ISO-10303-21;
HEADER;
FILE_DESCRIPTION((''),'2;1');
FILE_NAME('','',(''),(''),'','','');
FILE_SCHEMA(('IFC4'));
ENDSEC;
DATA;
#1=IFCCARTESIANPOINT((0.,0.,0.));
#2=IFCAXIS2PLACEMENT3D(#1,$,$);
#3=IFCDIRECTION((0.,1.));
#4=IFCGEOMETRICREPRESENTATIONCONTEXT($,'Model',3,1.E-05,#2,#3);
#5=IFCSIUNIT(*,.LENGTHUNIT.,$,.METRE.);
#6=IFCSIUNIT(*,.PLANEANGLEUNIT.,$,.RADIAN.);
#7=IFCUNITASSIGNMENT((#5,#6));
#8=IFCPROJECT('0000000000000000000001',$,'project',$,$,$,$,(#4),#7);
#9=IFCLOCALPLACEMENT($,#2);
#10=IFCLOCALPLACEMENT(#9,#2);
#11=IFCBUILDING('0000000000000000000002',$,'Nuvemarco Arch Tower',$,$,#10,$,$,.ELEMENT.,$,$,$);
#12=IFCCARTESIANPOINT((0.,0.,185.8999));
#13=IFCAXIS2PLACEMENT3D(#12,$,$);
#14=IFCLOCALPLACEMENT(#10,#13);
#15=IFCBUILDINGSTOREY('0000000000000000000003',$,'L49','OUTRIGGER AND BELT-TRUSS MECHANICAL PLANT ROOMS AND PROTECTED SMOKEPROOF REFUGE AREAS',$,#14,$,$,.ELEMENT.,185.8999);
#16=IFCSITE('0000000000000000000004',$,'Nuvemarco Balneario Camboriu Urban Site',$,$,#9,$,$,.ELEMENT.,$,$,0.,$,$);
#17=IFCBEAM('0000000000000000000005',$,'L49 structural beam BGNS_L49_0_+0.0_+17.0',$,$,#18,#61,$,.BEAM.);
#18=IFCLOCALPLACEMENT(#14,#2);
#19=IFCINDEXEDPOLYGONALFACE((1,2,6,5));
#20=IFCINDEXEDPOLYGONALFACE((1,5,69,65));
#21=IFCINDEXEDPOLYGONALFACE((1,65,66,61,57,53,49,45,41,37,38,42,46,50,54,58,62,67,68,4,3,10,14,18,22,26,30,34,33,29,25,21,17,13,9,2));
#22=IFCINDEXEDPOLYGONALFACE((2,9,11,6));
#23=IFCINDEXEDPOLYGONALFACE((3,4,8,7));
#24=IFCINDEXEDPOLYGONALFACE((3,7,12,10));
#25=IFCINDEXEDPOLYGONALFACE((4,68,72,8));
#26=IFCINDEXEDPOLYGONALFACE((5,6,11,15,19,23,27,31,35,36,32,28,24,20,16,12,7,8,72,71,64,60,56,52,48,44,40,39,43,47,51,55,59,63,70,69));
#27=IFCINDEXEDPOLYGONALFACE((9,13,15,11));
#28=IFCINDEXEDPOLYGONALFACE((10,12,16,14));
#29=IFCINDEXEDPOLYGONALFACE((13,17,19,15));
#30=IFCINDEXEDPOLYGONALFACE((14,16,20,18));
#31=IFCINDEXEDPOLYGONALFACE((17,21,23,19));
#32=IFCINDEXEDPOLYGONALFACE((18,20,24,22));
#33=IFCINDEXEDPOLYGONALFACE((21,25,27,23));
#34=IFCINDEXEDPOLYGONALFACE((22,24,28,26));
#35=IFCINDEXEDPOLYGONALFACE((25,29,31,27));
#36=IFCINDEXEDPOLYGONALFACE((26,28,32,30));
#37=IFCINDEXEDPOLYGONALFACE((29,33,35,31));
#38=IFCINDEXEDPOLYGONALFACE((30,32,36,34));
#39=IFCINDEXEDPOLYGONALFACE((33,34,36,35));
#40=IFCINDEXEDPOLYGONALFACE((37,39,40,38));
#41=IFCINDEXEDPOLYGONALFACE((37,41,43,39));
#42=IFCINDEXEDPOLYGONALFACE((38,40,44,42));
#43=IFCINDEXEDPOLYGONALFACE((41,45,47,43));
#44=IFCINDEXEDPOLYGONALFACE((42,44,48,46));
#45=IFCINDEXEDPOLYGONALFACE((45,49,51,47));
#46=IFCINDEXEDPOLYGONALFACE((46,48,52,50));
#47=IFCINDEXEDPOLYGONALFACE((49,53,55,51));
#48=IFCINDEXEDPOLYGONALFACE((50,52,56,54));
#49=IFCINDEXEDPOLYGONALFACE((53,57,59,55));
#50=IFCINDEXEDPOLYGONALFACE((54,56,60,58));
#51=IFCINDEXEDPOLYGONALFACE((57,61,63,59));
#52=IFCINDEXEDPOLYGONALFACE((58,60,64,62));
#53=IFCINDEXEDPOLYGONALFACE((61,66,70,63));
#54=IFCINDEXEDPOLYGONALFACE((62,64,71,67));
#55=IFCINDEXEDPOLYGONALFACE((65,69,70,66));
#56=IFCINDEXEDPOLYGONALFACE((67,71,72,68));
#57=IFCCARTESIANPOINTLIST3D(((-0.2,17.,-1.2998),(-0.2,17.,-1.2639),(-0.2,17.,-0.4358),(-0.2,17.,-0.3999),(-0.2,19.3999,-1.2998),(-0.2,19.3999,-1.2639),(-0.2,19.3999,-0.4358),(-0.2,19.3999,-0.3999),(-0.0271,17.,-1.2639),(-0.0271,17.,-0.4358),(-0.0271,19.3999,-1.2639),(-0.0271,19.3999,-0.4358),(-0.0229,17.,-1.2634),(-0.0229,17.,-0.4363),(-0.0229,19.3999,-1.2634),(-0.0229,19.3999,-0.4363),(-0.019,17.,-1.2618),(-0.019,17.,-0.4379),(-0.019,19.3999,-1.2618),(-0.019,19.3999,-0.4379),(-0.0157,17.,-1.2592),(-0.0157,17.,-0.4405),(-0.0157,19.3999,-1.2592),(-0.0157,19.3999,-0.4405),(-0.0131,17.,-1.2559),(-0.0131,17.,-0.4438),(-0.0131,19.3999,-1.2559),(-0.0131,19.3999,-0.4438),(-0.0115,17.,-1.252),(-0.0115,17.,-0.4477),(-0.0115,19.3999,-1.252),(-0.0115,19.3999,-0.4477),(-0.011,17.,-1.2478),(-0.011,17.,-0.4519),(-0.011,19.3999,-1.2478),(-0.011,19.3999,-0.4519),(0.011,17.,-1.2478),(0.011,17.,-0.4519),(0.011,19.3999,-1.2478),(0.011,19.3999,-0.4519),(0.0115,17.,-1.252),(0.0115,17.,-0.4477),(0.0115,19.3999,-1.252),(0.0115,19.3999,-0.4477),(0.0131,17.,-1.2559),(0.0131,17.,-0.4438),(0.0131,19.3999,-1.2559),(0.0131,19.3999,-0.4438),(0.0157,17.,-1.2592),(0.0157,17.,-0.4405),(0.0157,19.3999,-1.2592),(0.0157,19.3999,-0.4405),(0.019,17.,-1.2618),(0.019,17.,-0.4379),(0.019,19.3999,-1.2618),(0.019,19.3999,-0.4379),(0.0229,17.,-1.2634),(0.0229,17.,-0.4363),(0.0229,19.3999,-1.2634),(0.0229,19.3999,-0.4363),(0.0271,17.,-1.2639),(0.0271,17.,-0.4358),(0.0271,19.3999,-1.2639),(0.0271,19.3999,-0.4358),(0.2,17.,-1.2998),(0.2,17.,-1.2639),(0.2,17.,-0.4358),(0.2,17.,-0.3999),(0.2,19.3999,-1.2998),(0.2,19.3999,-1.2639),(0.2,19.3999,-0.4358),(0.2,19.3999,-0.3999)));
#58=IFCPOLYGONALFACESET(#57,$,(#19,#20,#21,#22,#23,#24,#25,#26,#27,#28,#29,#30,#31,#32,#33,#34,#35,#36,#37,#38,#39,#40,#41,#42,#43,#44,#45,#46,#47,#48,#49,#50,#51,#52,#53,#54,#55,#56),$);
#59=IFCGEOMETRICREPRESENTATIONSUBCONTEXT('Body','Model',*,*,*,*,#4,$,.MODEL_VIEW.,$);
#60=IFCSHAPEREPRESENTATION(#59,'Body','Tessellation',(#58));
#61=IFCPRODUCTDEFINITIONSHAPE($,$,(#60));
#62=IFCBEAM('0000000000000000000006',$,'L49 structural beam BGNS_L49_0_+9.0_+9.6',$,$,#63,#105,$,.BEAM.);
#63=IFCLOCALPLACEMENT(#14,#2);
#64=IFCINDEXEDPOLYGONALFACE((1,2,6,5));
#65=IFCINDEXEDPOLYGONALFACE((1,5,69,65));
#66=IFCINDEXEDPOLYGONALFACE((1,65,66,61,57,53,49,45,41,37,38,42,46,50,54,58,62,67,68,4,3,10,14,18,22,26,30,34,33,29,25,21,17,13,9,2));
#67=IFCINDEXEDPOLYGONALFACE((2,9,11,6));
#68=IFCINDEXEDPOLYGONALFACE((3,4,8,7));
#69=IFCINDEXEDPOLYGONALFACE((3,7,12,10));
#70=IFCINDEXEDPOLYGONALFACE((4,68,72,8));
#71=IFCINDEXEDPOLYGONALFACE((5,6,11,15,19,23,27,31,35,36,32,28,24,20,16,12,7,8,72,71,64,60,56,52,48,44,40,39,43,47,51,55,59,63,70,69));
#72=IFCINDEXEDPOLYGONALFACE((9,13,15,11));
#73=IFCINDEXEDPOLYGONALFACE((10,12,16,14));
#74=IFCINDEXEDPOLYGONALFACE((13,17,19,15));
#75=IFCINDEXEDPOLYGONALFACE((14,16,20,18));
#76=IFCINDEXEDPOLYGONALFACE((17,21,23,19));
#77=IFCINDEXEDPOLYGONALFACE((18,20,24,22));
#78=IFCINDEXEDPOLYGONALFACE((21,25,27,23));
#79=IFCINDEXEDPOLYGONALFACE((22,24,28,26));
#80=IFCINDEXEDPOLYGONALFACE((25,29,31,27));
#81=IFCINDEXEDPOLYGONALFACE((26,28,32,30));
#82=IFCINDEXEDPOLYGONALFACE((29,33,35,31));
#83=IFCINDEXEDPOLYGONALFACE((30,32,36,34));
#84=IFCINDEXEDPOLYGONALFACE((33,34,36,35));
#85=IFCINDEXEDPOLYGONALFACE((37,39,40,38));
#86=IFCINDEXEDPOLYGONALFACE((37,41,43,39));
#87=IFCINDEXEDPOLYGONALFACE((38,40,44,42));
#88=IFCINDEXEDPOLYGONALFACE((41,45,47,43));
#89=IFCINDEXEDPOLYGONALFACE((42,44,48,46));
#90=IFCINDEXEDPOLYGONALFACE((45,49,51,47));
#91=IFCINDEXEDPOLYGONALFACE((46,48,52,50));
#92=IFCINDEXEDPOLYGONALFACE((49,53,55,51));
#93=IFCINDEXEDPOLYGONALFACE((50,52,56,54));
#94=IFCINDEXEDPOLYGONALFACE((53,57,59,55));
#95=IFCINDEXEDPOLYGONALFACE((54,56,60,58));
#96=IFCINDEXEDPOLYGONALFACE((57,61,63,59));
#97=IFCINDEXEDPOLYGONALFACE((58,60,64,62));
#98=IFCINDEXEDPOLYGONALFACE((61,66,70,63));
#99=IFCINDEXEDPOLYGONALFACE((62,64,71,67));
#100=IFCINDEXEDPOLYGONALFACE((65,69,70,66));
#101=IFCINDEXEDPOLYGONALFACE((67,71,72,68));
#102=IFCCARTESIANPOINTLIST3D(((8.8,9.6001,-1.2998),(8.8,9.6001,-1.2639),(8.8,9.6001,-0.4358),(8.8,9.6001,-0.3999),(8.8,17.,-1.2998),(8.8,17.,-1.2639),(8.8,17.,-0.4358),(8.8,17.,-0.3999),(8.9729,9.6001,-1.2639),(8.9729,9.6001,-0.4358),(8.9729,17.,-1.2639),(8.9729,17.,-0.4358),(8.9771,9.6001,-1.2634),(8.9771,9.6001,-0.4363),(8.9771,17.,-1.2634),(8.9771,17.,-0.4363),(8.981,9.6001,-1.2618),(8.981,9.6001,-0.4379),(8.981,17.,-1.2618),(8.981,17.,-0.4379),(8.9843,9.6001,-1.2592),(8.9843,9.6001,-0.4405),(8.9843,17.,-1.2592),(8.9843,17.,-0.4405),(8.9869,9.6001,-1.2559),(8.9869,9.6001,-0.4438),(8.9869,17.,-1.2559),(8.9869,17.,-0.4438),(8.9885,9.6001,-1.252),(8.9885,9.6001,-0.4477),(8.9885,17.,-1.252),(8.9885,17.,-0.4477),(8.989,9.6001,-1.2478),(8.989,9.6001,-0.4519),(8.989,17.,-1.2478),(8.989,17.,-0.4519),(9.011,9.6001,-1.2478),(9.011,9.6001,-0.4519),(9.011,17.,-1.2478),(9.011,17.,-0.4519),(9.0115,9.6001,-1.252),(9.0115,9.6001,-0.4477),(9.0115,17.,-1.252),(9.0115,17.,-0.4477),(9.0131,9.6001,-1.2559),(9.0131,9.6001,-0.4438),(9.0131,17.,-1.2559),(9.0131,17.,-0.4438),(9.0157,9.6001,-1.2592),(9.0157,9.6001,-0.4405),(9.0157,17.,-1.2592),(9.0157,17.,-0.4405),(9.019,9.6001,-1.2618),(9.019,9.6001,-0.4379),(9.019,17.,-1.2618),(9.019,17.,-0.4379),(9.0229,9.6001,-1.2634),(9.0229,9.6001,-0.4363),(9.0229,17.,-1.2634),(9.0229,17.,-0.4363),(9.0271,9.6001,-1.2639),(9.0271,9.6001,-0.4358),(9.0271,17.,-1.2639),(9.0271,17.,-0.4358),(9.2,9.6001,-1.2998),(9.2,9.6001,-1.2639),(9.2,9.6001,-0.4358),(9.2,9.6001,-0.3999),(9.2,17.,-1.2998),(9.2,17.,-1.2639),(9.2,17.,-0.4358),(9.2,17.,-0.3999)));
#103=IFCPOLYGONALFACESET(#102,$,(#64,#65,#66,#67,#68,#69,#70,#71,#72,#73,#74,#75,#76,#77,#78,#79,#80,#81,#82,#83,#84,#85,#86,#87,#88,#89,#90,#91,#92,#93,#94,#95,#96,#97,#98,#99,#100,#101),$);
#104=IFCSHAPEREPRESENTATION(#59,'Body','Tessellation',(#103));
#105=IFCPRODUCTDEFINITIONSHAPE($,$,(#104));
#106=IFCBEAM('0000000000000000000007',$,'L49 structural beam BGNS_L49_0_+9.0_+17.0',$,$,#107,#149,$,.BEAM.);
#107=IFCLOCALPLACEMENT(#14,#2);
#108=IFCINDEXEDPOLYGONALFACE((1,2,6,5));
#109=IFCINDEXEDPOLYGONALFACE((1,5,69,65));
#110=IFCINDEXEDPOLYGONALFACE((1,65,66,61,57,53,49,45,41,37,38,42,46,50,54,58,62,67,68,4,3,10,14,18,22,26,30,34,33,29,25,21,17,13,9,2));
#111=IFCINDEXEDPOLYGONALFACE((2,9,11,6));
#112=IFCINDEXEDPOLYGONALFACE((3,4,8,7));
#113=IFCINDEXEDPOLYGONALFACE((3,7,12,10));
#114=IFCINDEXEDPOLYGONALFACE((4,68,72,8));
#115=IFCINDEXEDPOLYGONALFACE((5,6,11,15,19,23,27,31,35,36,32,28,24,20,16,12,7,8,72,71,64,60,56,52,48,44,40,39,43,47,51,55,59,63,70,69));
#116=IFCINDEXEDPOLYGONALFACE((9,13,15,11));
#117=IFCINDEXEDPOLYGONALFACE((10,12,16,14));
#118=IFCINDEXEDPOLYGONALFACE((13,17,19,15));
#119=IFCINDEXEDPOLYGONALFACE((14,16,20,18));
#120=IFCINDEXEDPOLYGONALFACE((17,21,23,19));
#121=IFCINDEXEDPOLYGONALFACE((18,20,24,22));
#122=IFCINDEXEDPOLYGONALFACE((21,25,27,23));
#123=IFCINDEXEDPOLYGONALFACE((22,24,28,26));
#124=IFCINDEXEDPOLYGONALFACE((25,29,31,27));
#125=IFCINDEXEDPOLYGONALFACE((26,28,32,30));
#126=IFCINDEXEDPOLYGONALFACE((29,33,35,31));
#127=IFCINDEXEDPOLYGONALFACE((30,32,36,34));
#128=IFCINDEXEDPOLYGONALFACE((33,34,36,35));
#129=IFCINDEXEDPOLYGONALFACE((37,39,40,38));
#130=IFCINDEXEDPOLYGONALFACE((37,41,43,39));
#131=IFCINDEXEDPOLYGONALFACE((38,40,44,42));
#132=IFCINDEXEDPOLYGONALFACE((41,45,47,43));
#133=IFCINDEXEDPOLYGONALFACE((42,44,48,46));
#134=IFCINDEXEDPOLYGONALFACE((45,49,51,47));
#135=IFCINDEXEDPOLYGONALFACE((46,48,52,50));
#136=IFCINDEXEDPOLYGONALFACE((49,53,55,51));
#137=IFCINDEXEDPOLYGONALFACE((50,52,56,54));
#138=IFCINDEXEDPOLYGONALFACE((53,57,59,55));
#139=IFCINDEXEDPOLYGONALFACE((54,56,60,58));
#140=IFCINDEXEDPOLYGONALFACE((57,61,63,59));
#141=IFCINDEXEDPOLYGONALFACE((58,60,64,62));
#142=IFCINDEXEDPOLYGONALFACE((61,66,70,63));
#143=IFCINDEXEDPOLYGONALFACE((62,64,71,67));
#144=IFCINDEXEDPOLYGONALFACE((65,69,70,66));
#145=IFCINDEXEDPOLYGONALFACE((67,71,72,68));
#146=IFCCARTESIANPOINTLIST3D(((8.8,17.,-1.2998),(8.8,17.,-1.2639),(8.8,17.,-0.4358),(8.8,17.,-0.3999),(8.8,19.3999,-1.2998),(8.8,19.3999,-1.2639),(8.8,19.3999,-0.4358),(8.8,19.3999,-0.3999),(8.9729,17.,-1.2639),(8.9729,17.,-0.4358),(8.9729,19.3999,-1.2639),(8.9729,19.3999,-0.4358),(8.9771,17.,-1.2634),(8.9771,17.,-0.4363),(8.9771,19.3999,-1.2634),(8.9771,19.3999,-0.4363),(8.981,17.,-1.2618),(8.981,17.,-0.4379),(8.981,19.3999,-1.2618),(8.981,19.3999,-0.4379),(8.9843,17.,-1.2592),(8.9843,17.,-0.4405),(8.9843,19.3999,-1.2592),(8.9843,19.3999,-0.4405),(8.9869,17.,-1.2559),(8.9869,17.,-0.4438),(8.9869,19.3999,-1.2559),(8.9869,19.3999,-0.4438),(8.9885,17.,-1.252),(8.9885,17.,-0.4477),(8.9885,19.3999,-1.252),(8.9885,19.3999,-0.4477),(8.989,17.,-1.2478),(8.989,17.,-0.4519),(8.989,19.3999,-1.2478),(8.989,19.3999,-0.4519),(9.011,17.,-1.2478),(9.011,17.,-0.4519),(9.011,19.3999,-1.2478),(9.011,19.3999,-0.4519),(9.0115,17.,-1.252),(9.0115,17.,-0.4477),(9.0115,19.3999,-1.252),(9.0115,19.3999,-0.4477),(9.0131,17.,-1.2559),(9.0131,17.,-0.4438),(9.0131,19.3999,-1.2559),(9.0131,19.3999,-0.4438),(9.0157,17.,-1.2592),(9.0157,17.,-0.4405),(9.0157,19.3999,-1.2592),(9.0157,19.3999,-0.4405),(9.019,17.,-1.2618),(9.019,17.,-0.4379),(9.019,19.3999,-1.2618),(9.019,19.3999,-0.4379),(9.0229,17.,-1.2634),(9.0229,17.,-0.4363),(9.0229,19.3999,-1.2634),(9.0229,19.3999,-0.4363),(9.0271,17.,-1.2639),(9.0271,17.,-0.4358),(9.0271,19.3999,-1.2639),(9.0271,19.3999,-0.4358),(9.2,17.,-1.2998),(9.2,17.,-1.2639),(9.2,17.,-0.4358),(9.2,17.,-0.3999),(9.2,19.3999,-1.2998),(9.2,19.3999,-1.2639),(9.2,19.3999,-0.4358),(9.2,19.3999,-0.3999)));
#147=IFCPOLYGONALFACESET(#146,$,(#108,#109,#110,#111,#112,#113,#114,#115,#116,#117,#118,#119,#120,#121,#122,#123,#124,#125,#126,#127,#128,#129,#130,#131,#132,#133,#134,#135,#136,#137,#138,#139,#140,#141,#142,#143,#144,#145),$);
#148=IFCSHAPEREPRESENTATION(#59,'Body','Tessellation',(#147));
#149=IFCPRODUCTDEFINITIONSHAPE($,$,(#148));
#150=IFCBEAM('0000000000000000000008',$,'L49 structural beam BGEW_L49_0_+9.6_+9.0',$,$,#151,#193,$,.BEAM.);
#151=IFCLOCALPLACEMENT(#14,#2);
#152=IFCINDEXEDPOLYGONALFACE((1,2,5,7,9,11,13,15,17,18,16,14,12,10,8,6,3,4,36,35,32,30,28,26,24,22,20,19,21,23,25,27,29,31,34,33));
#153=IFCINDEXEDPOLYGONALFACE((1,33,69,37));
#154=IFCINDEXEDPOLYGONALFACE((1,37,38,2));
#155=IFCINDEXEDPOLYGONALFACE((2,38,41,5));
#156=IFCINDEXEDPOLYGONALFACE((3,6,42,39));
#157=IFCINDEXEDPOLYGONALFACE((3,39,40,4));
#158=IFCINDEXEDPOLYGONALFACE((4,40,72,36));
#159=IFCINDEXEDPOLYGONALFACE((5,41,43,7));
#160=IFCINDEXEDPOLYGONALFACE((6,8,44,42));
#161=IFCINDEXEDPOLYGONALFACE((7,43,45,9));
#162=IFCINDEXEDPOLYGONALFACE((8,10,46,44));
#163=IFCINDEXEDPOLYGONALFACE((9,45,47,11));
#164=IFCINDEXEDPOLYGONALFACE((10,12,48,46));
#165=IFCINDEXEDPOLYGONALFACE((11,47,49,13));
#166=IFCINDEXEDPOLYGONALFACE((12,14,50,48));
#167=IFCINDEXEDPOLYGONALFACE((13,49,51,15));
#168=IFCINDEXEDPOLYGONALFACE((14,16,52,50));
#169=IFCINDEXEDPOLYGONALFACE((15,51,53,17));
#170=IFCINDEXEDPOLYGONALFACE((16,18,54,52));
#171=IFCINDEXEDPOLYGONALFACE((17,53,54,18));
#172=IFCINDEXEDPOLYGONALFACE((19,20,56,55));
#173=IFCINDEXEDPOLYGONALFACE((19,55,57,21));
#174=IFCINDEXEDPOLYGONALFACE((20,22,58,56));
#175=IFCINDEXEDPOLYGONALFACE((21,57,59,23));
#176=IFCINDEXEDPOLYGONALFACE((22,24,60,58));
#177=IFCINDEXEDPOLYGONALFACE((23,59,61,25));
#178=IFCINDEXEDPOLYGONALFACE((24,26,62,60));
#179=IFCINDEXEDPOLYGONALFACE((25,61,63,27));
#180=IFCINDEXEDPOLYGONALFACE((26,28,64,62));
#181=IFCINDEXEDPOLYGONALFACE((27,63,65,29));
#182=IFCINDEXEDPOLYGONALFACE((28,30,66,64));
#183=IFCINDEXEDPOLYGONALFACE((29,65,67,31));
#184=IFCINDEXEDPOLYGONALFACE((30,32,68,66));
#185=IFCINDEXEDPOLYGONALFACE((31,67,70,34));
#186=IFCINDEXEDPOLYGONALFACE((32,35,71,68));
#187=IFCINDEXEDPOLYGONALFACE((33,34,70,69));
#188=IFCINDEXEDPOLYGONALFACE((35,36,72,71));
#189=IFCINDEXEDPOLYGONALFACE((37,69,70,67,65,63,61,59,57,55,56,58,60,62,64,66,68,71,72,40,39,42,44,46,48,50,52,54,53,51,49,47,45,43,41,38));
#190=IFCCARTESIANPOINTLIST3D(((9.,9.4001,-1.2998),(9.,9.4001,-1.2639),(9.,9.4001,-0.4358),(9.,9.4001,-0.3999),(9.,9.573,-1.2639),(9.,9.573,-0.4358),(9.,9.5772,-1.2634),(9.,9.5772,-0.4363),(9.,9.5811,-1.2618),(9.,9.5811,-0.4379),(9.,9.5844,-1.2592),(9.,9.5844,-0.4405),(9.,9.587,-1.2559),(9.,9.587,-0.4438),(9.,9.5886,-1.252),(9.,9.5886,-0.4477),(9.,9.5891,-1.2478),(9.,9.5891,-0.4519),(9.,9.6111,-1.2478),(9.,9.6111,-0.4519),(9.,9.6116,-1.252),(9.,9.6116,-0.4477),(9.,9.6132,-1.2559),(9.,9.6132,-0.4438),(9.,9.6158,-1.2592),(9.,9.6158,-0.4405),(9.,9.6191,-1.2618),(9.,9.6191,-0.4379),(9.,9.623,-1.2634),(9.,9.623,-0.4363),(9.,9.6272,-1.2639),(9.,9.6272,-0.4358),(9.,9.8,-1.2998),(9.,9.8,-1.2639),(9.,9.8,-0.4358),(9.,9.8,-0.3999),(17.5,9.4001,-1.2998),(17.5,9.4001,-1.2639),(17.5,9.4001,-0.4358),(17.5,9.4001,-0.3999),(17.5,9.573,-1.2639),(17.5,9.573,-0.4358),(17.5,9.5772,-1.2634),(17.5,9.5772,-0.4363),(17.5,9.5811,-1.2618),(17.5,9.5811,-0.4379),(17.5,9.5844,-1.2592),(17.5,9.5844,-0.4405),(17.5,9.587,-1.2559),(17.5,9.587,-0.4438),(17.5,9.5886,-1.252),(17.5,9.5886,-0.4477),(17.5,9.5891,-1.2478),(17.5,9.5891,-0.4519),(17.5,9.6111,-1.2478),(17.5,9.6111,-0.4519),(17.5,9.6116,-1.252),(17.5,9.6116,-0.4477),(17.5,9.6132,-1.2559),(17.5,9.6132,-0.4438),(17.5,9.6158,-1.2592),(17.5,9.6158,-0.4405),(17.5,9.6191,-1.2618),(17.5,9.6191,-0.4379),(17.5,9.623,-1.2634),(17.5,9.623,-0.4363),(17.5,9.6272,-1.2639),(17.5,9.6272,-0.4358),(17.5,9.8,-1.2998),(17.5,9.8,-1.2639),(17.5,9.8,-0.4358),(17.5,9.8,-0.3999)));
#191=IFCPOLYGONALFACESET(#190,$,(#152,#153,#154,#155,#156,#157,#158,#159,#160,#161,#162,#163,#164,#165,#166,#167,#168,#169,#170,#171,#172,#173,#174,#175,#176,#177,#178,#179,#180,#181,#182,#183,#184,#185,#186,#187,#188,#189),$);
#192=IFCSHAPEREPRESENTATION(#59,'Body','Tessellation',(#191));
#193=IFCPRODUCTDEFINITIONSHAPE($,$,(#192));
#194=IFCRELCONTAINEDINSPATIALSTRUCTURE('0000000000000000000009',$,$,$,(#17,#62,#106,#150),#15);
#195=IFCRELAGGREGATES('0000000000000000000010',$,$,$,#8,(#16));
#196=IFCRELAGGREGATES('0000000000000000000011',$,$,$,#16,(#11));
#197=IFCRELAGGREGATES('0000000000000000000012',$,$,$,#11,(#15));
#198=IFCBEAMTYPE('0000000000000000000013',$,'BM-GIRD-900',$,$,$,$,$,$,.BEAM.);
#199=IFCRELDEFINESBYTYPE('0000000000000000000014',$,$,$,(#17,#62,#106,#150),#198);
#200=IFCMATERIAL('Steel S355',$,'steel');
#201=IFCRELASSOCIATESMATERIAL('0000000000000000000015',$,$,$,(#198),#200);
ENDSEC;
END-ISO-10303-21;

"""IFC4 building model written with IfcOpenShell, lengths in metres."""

from ifc_helpers import new_model, si_unit, direction, frame, origin, origin_2d, place, context, subcontext, project, spatial, i_section, extrude, material, material_profile, profile_set, type_object, element, save


model = new_model("IFC4")

# Units and contexts
model_context = context("Model", 3, precision=1e-05, world=origin(), true_north=direction((0.0, 1.0)))
body_context = subcontext(model_context, "Body", "Model", "MODEL_VIEW")
ifc_project = project(units=[si_unit("LENGTHUNIT", "METRE"), si_unit("PLANEANGLEUNIT", "RADIAN")], contexts=[model_context])

# Site, building, storey
site_placement = place(None, origin())
site = spatial("IfcSite", under=ifc_project, at=site_placement, Name="Nuvemarco Balneario Camboriu Urban Site", CompositionType="ELEMENT", RefElevation=0.0)
building_placement = place(site_placement, origin())
building = spatial("IfcBuilding", under=site, at=building_placement, Name="Nuvemarco Arch Tower", CompositionType="ELEMENT")
storey_placement = place(building_placement, frame((0.0, 0.0, 185.8999)))
storey = spatial("IfcBuildingStorey", under=building, at=storey_placement, Name="L49", Description="OUTRIGGER AND BELT-TRUSS MECHANICAL PLANT ROOMS AND PROTECTED SMOKEPROOF REFUGE AREAS", CompositionType="ELEMENT", Elevation=185.8999)

# Shared definitions
ifc_material_1 = material(Name="Steel S355", Category="steel")

# Beams
ifc_material_profile_1 = material_profile(ifc_material_1, i_section(OverallWidth=0.3999, OverallDepth=0.8999, WebThickness=0.022, FlangeThickness=0.0359, FilletRadius=0.0161, at=origin_2d()), Name="PG900x400")
ifc_profile_set_1 = profile_set([ifc_material_profile_1], Name="Steel S355")
beam_type_1 = type_object("IfcBeamType", Name="BM-GIRD-900", PredefinedType="BEAM", material=ifc_profile_set_1)
beam_1_placement = place(storey_placement, frame((0.0, 17.0, -0.8499), z_axis=(0.0, 1.0, 0.0), x_axis=(-1.0, 0.0, 0.0)))
element("IfcBeam", 1, at=beam_1_placement, inside=storey, type_object=beam_type_1, Name="L49 structural beam BGNS_L49_0_+0.0_+17.0", PredefinedType="BEAM", context=body_context, shape_type="SweptSolid", body=[
    extrude(i_section(OverallWidth=0.3999, OverallDepth=0.8999, WebThickness=0.022, FlangeThickness=0.0359, FilletRadius=0.0161, at=origin_2d()), origin(), (0.0, 0.0, 1.0), 2.3999),
])
beam_2_placement = place(storey_placement, frame((9.0, 9.6001, -0.8499), z_axis=(0.0, 1.0, 0.0), x_axis=(-1.0, 0.0, 0.0)))
element("IfcBeam", 2, at=beam_2_placement, inside=storey, type_object=beam_type_1, Name="L49 structural beam BGNS_L49_0_+9.0_+9.6", PredefinedType="BEAM", context=body_context, shape_type="SweptSolid", body=[
    extrude(i_section(OverallWidth=0.3999, OverallDepth=0.8999, WebThickness=0.022, FlangeThickness=0.0359, FilletRadius=0.0161, at=origin_2d()), origin(), (0.0, 0.0, 1.0), 7.3999),
])
beam_3_placement = place(storey_placement, frame((9.0, 17.0, -0.8499), z_axis=(0.0, 1.0, 0.0), x_axis=(-1.0, 0.0, 0.0)))
element("IfcBeam", 3, at=beam_3_placement, inside=storey, type_object=beam_type_1, Name="L49 structural beam BGNS_L49_0_+9.0_+17.0", PredefinedType="BEAM", context=body_context, shape_type="SweptSolid", body=[
    extrude(i_section(OverallWidth=0.3999, OverallDepth=0.8999, WebThickness=0.022, FlangeThickness=0.0359, FilletRadius=0.0161, at=origin_2d()), origin(), (0.0, 0.0, 1.0), 2.3999),
])
beam_4_placement = place(storey_placement, frame((9.0, 9.6001, -0.8499), z_axis=(1.0, 0.0, 0.0), x_axis=(0.0, 1.0, 0.0)))
element("IfcBeam", 4, at=beam_4_placement, inside=storey, type_object=beam_type_1, Name="L49 structural beam BGEW_L49_0_+9.6_+9.0", PredefinedType="BEAM", context=body_context, shape_type="SweptSolid", body=[
    extrude(i_section(OverallWidth=0.3999, OverallDepth=0.8999, WebThickness=0.022, FlangeThickness=0.0359, FilletRadius=0.0161, at=origin_2d()), origin(), (0.0, 0.0, 1.0), 8.5),
])

save(model, "model.ifc")
